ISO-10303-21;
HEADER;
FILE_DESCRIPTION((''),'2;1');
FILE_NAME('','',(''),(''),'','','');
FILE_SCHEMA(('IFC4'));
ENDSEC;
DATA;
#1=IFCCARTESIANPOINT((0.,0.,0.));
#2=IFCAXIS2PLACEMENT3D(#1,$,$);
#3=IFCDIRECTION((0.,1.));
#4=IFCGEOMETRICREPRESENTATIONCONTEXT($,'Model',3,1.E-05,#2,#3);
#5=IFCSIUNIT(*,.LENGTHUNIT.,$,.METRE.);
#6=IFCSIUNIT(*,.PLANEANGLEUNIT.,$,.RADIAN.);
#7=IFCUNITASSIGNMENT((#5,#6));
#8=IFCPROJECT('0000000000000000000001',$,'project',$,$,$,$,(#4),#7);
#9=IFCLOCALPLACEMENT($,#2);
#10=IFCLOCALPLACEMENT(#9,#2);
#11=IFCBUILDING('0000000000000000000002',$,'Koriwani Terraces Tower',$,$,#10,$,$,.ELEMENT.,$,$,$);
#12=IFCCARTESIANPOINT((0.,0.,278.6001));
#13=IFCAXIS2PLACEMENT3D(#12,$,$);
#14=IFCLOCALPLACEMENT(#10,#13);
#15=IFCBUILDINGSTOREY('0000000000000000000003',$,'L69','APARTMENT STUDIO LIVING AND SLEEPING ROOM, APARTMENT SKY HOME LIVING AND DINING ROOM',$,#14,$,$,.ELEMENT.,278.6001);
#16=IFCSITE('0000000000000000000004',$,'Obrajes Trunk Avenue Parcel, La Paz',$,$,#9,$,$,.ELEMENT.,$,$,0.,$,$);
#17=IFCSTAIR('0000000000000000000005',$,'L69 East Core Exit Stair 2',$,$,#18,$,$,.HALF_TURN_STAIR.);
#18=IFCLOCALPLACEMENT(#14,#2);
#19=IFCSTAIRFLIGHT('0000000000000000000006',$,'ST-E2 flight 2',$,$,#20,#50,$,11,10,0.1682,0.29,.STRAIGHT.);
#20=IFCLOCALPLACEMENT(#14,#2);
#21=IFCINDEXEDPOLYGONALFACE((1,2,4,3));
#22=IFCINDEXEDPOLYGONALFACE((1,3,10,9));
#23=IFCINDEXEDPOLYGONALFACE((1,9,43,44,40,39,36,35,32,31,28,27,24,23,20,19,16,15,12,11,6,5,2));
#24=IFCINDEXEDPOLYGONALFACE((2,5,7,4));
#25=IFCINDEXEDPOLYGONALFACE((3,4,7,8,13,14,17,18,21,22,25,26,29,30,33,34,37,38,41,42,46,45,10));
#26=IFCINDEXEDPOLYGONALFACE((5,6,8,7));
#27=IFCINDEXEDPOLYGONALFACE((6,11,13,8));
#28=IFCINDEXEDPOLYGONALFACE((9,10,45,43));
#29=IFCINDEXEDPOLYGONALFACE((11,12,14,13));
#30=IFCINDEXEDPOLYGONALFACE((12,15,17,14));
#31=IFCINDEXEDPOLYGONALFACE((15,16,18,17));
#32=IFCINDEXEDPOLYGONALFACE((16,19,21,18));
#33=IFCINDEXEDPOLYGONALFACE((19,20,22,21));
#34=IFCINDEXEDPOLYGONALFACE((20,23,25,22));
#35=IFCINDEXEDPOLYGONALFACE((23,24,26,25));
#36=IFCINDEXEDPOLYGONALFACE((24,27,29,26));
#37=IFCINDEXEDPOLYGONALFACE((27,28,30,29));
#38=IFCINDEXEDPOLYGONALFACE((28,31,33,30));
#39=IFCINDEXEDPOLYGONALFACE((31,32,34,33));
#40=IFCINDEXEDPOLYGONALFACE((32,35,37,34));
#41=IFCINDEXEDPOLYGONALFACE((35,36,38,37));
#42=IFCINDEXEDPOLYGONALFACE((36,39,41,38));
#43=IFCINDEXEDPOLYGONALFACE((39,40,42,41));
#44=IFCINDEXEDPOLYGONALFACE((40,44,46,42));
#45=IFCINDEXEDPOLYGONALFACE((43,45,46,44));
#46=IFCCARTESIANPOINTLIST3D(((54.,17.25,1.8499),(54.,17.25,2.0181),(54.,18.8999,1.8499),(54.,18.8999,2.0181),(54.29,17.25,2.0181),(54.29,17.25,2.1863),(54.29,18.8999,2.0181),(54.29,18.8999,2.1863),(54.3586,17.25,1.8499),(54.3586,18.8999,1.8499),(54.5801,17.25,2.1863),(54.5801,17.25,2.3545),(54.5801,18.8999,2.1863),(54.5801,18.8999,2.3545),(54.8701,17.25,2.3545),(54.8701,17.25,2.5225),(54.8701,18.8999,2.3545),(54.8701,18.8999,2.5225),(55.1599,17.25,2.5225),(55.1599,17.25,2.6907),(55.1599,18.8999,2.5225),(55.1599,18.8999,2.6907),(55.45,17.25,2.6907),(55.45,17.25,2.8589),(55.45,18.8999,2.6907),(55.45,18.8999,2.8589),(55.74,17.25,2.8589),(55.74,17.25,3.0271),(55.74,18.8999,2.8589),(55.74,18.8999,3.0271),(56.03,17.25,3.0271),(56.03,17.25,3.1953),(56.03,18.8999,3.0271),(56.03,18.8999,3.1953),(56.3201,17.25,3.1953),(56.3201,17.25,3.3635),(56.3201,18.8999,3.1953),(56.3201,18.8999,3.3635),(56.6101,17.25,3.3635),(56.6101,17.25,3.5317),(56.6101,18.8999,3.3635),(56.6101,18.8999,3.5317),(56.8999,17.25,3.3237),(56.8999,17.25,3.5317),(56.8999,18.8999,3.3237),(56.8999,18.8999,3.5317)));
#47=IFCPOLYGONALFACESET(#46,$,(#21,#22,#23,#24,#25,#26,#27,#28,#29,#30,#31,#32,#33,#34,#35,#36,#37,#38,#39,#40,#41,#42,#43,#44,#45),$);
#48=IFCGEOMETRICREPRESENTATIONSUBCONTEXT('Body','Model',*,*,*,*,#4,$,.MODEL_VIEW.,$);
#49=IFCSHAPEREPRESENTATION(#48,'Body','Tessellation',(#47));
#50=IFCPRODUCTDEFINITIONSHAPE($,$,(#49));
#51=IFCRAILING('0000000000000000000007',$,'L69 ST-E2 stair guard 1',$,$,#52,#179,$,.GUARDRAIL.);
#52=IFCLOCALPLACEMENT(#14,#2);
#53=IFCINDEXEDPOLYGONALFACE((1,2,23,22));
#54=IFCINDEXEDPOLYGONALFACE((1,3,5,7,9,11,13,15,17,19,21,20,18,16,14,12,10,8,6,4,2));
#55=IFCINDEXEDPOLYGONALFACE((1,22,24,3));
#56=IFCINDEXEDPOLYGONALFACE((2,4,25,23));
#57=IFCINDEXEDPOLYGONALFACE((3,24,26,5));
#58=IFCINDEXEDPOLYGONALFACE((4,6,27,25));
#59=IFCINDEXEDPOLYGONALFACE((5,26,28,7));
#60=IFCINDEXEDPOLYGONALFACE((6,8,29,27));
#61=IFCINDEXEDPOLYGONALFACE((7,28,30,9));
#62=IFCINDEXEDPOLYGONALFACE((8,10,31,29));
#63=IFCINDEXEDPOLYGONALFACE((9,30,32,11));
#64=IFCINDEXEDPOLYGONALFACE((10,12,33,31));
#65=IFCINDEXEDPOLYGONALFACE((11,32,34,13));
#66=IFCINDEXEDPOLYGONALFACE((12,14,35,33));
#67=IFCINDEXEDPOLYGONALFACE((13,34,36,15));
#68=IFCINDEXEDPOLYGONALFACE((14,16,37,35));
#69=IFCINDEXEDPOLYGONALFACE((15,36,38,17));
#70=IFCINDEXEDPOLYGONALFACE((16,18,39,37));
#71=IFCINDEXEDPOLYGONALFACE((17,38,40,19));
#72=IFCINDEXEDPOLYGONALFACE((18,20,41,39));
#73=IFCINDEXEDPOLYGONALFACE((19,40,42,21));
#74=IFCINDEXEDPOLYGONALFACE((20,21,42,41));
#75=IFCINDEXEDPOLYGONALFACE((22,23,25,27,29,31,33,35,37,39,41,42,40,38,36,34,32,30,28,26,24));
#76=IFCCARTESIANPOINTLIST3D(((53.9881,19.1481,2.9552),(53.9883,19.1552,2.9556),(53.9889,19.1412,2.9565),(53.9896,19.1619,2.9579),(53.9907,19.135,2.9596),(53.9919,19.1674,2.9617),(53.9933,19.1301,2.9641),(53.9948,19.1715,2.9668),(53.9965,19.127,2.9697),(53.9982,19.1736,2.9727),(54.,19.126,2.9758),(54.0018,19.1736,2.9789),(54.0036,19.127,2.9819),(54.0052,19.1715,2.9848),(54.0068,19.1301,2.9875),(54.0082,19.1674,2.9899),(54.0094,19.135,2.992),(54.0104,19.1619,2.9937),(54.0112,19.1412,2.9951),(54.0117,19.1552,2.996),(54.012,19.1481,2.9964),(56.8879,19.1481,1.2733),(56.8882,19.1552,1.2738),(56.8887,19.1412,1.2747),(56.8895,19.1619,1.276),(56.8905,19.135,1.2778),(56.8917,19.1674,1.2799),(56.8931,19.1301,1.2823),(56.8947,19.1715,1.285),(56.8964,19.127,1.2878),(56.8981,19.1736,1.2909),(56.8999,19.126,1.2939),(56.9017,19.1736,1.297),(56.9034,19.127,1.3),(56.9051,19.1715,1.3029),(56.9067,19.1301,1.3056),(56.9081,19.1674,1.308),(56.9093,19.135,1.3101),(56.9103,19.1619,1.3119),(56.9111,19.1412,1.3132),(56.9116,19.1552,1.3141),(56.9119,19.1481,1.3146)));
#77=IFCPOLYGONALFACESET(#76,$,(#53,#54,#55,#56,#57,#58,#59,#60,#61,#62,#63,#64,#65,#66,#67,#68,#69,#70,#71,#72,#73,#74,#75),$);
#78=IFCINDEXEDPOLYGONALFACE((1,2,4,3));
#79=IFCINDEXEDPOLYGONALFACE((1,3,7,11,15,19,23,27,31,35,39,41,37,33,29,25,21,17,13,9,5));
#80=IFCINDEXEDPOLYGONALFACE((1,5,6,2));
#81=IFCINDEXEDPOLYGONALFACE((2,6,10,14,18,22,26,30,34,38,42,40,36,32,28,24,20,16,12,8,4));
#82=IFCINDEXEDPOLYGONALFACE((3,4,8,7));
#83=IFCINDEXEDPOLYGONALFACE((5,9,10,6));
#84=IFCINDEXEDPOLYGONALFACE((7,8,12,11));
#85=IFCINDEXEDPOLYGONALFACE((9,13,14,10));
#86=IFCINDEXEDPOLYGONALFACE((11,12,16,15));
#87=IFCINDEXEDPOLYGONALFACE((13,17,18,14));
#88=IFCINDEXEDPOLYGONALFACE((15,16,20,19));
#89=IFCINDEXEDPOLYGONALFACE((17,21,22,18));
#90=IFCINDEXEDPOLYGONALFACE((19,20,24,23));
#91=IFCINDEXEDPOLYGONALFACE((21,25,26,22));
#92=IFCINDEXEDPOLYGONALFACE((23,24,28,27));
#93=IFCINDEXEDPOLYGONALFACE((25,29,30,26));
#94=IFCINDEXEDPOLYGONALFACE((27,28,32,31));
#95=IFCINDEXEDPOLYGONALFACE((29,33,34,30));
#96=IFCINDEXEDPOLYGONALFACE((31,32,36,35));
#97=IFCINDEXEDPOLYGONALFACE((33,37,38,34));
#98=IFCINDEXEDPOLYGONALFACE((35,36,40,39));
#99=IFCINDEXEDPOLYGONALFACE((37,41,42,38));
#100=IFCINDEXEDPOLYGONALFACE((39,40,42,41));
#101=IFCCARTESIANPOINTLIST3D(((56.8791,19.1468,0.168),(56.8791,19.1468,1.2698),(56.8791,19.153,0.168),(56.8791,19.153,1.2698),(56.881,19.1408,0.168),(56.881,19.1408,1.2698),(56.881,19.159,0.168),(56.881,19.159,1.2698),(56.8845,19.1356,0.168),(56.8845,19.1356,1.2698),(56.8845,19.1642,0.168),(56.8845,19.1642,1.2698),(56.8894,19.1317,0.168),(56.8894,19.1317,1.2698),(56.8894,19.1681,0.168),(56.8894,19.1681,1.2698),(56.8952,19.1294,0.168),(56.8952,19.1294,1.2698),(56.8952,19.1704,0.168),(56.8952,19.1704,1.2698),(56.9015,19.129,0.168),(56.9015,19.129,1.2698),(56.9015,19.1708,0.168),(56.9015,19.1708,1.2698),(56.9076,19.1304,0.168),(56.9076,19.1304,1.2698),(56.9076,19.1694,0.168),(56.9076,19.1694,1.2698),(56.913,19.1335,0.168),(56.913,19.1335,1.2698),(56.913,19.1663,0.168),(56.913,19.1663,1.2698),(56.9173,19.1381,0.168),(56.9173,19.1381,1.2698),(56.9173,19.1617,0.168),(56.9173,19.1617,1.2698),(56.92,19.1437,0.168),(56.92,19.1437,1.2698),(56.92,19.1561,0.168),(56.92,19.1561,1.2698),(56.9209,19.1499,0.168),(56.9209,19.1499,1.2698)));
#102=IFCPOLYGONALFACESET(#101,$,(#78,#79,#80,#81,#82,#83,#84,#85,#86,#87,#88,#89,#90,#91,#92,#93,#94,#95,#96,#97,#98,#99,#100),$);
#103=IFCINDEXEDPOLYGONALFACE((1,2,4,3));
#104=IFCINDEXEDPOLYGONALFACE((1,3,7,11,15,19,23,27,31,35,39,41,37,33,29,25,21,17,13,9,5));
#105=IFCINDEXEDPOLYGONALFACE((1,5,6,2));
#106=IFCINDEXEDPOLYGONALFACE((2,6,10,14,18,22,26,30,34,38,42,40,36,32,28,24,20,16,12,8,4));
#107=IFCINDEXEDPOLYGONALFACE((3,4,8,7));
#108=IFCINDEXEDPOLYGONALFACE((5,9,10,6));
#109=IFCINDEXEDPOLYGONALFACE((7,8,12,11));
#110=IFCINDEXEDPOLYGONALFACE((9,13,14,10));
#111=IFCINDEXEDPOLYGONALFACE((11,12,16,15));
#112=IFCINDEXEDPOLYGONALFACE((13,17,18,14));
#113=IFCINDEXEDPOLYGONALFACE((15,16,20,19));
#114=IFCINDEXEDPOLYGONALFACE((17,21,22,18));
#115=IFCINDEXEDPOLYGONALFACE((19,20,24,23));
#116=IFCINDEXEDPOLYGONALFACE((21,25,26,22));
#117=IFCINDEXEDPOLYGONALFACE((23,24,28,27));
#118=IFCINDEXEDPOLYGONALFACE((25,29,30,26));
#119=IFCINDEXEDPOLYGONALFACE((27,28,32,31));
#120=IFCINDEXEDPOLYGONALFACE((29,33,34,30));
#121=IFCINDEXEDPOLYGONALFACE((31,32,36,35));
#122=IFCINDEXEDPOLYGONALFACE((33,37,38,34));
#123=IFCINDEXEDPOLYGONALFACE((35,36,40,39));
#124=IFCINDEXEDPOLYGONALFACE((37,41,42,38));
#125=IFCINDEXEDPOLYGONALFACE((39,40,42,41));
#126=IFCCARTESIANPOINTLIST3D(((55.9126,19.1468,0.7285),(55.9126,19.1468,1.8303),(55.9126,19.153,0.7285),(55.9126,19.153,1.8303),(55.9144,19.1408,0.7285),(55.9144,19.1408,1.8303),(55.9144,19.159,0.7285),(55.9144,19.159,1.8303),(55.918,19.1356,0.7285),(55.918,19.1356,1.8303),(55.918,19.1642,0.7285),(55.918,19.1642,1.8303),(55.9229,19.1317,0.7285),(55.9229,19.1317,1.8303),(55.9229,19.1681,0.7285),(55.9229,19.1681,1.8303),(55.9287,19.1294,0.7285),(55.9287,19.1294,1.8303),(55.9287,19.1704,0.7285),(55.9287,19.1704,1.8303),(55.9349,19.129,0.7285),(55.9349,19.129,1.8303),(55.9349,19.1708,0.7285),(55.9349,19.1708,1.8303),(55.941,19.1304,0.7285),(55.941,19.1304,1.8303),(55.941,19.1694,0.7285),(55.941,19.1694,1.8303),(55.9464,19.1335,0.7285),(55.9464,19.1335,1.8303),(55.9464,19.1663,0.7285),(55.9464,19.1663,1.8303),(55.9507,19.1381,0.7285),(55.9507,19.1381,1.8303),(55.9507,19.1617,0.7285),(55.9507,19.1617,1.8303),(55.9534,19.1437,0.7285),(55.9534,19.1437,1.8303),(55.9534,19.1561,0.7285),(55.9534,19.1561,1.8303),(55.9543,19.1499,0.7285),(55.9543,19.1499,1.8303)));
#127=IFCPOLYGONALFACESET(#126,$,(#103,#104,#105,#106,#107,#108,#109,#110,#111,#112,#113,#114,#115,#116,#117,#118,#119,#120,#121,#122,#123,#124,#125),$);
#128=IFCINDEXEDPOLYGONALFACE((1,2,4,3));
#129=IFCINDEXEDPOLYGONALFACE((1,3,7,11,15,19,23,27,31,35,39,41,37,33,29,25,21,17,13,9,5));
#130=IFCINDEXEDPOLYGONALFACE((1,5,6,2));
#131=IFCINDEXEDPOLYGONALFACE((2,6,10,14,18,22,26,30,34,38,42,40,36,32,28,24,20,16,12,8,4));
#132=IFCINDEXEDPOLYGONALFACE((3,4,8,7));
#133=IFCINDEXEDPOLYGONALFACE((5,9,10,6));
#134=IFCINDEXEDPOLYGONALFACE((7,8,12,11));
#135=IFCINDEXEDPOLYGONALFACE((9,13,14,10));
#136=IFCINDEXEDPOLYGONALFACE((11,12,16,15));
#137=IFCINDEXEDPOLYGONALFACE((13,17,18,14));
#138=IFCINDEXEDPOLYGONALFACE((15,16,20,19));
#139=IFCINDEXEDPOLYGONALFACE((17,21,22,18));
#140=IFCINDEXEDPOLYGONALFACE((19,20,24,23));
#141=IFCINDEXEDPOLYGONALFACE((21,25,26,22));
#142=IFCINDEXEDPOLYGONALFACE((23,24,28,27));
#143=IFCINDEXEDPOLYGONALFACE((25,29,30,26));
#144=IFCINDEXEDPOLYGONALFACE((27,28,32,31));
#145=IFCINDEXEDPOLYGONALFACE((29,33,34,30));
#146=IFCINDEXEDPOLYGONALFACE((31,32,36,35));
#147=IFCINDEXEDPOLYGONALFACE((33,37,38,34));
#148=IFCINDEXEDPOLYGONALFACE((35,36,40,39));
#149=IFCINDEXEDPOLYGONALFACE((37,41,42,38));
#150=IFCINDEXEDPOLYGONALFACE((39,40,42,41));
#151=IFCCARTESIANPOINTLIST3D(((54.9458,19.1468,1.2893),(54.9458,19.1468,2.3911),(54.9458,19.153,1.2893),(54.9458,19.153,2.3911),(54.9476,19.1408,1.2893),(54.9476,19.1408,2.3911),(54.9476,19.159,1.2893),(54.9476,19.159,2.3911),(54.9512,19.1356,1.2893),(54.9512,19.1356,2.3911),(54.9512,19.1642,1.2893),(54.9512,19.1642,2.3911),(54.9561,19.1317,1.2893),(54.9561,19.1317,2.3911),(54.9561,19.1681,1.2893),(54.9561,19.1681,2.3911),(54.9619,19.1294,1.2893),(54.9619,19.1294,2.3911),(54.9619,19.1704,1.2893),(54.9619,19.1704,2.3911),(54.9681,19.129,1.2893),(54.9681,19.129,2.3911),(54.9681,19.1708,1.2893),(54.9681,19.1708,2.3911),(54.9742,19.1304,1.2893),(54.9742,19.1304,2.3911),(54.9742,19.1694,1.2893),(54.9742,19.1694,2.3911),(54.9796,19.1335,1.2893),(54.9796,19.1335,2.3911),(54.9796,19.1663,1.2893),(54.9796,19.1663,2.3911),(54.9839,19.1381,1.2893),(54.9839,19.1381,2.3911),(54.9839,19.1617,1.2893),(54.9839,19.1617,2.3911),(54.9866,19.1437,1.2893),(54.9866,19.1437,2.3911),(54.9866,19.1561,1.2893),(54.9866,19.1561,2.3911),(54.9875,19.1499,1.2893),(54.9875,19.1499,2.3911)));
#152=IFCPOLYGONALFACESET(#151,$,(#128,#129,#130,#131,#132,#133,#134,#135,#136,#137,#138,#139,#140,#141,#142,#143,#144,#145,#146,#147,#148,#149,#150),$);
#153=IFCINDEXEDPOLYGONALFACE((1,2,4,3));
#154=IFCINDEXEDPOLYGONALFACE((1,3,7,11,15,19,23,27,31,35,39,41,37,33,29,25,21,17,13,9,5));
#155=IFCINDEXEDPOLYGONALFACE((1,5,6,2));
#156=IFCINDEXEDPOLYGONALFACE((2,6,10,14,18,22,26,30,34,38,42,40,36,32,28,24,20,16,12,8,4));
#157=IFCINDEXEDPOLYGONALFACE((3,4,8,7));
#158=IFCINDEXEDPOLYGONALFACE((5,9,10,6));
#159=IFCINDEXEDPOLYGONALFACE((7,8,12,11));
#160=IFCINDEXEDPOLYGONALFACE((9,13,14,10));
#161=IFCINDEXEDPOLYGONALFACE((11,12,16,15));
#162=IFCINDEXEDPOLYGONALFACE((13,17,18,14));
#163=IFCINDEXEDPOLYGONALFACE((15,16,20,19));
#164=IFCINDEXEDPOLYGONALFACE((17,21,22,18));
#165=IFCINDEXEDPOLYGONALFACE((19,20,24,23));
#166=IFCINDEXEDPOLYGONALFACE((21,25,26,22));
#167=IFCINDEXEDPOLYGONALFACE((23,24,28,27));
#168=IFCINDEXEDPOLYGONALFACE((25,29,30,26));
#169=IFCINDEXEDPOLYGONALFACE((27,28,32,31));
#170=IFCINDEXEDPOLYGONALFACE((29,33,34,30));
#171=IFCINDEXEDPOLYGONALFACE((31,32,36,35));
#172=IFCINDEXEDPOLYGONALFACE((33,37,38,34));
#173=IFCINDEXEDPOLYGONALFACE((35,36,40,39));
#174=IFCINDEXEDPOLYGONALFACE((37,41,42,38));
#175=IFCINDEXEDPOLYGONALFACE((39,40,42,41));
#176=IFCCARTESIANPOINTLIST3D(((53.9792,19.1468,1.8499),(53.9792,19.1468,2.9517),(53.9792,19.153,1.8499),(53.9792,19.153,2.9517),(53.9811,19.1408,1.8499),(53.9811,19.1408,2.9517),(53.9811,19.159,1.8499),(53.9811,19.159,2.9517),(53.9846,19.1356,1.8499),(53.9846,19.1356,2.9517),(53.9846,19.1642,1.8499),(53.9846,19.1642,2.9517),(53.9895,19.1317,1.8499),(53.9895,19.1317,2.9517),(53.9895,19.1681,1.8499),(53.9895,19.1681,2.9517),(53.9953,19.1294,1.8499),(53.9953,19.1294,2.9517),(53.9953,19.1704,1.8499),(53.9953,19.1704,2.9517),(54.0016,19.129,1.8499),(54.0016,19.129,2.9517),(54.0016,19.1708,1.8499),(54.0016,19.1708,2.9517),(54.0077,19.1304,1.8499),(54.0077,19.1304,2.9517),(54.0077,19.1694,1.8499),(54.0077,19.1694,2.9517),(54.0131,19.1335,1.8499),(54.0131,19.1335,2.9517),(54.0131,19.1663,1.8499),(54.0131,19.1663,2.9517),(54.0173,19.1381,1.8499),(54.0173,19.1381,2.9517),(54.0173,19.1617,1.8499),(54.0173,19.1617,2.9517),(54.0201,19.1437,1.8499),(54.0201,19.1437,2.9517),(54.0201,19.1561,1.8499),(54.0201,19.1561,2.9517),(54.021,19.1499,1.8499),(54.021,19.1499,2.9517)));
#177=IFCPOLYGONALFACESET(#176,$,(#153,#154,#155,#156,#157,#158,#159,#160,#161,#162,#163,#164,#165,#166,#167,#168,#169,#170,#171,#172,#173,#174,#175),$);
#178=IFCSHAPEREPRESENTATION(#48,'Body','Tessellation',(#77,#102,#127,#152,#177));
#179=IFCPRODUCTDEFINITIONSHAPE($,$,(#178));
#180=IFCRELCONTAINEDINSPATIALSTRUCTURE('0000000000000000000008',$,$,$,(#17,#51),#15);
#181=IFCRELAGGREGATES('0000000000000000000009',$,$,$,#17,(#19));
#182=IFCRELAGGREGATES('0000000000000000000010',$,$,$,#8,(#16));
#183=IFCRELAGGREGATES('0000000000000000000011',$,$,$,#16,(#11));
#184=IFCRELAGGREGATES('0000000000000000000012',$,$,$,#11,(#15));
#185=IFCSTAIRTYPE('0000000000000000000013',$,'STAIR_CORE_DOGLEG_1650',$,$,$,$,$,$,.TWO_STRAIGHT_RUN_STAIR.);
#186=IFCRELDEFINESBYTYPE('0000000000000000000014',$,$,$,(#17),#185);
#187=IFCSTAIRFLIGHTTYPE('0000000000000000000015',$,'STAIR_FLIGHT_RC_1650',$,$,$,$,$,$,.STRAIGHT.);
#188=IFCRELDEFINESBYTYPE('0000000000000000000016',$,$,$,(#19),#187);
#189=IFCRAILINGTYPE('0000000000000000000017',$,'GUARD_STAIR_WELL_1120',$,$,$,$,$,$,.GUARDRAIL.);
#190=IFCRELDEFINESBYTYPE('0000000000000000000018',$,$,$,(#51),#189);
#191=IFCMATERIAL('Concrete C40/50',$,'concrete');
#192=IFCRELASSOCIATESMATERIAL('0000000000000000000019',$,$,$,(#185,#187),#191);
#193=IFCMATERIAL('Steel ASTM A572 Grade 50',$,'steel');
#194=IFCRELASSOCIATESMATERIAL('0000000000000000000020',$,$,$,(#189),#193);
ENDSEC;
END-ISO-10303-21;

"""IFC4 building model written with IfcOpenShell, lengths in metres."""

from ifc_helpers import new_model, si_unit, direction, frame, origin, origin_2d, place, context, subcontext, project, spatial, polyline, circle, outline, extrude, material, type_object, element, aggregate, save


model = new_model("IFC4")

# Units and contexts
model_context = context("Model", 3, precision=1e-05, world=origin(), true_north=direction((0.0, 1.0)))
body_context = subcontext(model_context, "Body", "Model", "MODEL_VIEW")
ifc_project = project(units=[si_unit("LENGTHUNIT", "METRE"), si_unit("PLANEANGLEUNIT", "RADIAN")], contexts=[model_context])

# Site, building, storey
site_placement = place(None, origin())
site = spatial("IfcSite", under=ifc_project, at=site_placement, Name="Obrajes Trunk Avenue Parcel, La Paz", CompositionType="ELEMENT", RefElevation=0.0)
building_placement = place(site_placement, origin())
building = spatial("IfcBuilding", under=site, at=building_placement, Name="Koriwani Terraces Tower", CompositionType="ELEMENT")
storey_placement = place(building_placement, frame((0.0, 0.0, 278.6001)))
storey = spatial("IfcBuildingStorey", under=building, at=storey_placement, Name="L69", Description="APARTMENT STUDIO LIVING AND SLEEPING ROOM, APARTMENT SKY HOME LIVING AND DINING ROOM", CompositionType="ELEMENT", Elevation=278.6001)

# Shared definitions
ifc_material_1 = material(Name="Concrete C40/50", Category="concrete")
ifc_material_2 = material(Name="Steel ASTM A572 Grade 50", Category="steel")

# Stair, stair flight
stair_type = type_object("IfcStairType", Name="STAIR_CORE_DOGLEG_1650", PredefinedType="TWO_STRAIGHT_RUN_STAIR", material=ifc_material_1)
stair_placement = place(storey_placement, origin())
stair = element("IfcStair", 1, at=stair_placement, inside=storey, type_object=stair_type, Name="L69 East Core Exit Stair 2", PredefinedType="HALF_TURN_STAIR")
stair_flight_type = type_object("IfcStairFlightType", Name="STAIR_FLIGHT_RC_1650", PredefinedType="STRAIGHT", material=ifc_material_1)
stair_flight_1_placement = place(storey_placement, frame((54.0, 18.075, 1.8499), z_axis=(0.0, 0.0, 1.0), x_axis=(1.0, 0.0, 0.0)))
stair_flight_1 = element("IfcStairFlight", 2, at=stair_flight_1_placement, type_object=stair_flight_type, Name="ST-E2 flight 2", NumberOfRisers=11, NumberOfTreads=10, PredefinedType="STRAIGHT", RiserHeight=0.1682, TreadLength=0.29, context=body_context, shape_type="SweptSolid", body=[
    extrude(outline(polyline([(0.0, 0.0), (0.0, 0.1682), (0.29, 0.1682), (0.29, 0.3364), (0.5801, 0.3364), (0.5801, 0.5046), (0.8701, 0.5046), (0.8701, 0.6726), (1.1599, 0.6726), (1.1599, 0.8408), (1.45, 0.8408), (1.45, 1.009), (1.74, 1.009), (1.74, 1.1772), (2.03, 1.1772), (2.03, 1.3455), (2.3201, 1.3455), (2.3201, 1.5137), (2.6101, 1.5137), (2.6101, 1.6819), (2.8999, 1.6819), (2.8999, 1.8501), (2.8999, 1.4739), (0.3586, 0.0), (0.0, 0.0)])), frame((0.0, 0.825, 0.0), z_axis=(0.0, -1.0, 0.0), x_axis=(1.0, 0.0, 0.0)), (0.0, 0.0, 1.0), 1.6499),
])
aggregate(stair, [stair_flight_1])

# Railing
railing_type_1 = type_object("IfcRailingType", Name="GUARD_STAIR_WELL_1120", PredefinedType="GUARDRAIL", material=ifc_material_2)
railing_1_placement = place(storey_placement, frame((56.8999, 19.1499, 0.168)))
element("IfcRailing", 3, at=railing_1_placement, inside=storey, type_object=railing_type_1, Name="L69 ST-E2 stair guard 1", PredefinedType="GUARDRAIL", context=body_context, shape_type="SweptSolid", body=[
    extrude(circle(Radius=0.0239, at=origin_2d()), frame((0.0, 0.0, 1.126), z_axis=(-0.865039, 0.0, 0.501705), x_axis=(0.0, -1.0, 0.0)), (0.0, 0.0, 1.0), 3.3523),
    extrude(circle(Radius=0.021, at=origin_2d()), origin(), (0.0, 0.0, 1.0), 1.1018),
    extrude(circle(Radius=0.021, at=origin_2d()), frame((-0.9666, 0.0, 0.5605)), (0.0, 0.0, 1.0), 1.1018),
    extrude(circle(Radius=0.021, at=origin_2d()), frame((-1.9333, 0.0, 1.1213)), (0.0, 0.0, 1.0), 1.1018),
    extrude(circle(Radius=0.021, at=origin_2d()), frame((-2.8999, 0.0, 1.6819)), (0.0, 0.0, 1.0), 1.1018),
])

save(model, "model.ifc")
